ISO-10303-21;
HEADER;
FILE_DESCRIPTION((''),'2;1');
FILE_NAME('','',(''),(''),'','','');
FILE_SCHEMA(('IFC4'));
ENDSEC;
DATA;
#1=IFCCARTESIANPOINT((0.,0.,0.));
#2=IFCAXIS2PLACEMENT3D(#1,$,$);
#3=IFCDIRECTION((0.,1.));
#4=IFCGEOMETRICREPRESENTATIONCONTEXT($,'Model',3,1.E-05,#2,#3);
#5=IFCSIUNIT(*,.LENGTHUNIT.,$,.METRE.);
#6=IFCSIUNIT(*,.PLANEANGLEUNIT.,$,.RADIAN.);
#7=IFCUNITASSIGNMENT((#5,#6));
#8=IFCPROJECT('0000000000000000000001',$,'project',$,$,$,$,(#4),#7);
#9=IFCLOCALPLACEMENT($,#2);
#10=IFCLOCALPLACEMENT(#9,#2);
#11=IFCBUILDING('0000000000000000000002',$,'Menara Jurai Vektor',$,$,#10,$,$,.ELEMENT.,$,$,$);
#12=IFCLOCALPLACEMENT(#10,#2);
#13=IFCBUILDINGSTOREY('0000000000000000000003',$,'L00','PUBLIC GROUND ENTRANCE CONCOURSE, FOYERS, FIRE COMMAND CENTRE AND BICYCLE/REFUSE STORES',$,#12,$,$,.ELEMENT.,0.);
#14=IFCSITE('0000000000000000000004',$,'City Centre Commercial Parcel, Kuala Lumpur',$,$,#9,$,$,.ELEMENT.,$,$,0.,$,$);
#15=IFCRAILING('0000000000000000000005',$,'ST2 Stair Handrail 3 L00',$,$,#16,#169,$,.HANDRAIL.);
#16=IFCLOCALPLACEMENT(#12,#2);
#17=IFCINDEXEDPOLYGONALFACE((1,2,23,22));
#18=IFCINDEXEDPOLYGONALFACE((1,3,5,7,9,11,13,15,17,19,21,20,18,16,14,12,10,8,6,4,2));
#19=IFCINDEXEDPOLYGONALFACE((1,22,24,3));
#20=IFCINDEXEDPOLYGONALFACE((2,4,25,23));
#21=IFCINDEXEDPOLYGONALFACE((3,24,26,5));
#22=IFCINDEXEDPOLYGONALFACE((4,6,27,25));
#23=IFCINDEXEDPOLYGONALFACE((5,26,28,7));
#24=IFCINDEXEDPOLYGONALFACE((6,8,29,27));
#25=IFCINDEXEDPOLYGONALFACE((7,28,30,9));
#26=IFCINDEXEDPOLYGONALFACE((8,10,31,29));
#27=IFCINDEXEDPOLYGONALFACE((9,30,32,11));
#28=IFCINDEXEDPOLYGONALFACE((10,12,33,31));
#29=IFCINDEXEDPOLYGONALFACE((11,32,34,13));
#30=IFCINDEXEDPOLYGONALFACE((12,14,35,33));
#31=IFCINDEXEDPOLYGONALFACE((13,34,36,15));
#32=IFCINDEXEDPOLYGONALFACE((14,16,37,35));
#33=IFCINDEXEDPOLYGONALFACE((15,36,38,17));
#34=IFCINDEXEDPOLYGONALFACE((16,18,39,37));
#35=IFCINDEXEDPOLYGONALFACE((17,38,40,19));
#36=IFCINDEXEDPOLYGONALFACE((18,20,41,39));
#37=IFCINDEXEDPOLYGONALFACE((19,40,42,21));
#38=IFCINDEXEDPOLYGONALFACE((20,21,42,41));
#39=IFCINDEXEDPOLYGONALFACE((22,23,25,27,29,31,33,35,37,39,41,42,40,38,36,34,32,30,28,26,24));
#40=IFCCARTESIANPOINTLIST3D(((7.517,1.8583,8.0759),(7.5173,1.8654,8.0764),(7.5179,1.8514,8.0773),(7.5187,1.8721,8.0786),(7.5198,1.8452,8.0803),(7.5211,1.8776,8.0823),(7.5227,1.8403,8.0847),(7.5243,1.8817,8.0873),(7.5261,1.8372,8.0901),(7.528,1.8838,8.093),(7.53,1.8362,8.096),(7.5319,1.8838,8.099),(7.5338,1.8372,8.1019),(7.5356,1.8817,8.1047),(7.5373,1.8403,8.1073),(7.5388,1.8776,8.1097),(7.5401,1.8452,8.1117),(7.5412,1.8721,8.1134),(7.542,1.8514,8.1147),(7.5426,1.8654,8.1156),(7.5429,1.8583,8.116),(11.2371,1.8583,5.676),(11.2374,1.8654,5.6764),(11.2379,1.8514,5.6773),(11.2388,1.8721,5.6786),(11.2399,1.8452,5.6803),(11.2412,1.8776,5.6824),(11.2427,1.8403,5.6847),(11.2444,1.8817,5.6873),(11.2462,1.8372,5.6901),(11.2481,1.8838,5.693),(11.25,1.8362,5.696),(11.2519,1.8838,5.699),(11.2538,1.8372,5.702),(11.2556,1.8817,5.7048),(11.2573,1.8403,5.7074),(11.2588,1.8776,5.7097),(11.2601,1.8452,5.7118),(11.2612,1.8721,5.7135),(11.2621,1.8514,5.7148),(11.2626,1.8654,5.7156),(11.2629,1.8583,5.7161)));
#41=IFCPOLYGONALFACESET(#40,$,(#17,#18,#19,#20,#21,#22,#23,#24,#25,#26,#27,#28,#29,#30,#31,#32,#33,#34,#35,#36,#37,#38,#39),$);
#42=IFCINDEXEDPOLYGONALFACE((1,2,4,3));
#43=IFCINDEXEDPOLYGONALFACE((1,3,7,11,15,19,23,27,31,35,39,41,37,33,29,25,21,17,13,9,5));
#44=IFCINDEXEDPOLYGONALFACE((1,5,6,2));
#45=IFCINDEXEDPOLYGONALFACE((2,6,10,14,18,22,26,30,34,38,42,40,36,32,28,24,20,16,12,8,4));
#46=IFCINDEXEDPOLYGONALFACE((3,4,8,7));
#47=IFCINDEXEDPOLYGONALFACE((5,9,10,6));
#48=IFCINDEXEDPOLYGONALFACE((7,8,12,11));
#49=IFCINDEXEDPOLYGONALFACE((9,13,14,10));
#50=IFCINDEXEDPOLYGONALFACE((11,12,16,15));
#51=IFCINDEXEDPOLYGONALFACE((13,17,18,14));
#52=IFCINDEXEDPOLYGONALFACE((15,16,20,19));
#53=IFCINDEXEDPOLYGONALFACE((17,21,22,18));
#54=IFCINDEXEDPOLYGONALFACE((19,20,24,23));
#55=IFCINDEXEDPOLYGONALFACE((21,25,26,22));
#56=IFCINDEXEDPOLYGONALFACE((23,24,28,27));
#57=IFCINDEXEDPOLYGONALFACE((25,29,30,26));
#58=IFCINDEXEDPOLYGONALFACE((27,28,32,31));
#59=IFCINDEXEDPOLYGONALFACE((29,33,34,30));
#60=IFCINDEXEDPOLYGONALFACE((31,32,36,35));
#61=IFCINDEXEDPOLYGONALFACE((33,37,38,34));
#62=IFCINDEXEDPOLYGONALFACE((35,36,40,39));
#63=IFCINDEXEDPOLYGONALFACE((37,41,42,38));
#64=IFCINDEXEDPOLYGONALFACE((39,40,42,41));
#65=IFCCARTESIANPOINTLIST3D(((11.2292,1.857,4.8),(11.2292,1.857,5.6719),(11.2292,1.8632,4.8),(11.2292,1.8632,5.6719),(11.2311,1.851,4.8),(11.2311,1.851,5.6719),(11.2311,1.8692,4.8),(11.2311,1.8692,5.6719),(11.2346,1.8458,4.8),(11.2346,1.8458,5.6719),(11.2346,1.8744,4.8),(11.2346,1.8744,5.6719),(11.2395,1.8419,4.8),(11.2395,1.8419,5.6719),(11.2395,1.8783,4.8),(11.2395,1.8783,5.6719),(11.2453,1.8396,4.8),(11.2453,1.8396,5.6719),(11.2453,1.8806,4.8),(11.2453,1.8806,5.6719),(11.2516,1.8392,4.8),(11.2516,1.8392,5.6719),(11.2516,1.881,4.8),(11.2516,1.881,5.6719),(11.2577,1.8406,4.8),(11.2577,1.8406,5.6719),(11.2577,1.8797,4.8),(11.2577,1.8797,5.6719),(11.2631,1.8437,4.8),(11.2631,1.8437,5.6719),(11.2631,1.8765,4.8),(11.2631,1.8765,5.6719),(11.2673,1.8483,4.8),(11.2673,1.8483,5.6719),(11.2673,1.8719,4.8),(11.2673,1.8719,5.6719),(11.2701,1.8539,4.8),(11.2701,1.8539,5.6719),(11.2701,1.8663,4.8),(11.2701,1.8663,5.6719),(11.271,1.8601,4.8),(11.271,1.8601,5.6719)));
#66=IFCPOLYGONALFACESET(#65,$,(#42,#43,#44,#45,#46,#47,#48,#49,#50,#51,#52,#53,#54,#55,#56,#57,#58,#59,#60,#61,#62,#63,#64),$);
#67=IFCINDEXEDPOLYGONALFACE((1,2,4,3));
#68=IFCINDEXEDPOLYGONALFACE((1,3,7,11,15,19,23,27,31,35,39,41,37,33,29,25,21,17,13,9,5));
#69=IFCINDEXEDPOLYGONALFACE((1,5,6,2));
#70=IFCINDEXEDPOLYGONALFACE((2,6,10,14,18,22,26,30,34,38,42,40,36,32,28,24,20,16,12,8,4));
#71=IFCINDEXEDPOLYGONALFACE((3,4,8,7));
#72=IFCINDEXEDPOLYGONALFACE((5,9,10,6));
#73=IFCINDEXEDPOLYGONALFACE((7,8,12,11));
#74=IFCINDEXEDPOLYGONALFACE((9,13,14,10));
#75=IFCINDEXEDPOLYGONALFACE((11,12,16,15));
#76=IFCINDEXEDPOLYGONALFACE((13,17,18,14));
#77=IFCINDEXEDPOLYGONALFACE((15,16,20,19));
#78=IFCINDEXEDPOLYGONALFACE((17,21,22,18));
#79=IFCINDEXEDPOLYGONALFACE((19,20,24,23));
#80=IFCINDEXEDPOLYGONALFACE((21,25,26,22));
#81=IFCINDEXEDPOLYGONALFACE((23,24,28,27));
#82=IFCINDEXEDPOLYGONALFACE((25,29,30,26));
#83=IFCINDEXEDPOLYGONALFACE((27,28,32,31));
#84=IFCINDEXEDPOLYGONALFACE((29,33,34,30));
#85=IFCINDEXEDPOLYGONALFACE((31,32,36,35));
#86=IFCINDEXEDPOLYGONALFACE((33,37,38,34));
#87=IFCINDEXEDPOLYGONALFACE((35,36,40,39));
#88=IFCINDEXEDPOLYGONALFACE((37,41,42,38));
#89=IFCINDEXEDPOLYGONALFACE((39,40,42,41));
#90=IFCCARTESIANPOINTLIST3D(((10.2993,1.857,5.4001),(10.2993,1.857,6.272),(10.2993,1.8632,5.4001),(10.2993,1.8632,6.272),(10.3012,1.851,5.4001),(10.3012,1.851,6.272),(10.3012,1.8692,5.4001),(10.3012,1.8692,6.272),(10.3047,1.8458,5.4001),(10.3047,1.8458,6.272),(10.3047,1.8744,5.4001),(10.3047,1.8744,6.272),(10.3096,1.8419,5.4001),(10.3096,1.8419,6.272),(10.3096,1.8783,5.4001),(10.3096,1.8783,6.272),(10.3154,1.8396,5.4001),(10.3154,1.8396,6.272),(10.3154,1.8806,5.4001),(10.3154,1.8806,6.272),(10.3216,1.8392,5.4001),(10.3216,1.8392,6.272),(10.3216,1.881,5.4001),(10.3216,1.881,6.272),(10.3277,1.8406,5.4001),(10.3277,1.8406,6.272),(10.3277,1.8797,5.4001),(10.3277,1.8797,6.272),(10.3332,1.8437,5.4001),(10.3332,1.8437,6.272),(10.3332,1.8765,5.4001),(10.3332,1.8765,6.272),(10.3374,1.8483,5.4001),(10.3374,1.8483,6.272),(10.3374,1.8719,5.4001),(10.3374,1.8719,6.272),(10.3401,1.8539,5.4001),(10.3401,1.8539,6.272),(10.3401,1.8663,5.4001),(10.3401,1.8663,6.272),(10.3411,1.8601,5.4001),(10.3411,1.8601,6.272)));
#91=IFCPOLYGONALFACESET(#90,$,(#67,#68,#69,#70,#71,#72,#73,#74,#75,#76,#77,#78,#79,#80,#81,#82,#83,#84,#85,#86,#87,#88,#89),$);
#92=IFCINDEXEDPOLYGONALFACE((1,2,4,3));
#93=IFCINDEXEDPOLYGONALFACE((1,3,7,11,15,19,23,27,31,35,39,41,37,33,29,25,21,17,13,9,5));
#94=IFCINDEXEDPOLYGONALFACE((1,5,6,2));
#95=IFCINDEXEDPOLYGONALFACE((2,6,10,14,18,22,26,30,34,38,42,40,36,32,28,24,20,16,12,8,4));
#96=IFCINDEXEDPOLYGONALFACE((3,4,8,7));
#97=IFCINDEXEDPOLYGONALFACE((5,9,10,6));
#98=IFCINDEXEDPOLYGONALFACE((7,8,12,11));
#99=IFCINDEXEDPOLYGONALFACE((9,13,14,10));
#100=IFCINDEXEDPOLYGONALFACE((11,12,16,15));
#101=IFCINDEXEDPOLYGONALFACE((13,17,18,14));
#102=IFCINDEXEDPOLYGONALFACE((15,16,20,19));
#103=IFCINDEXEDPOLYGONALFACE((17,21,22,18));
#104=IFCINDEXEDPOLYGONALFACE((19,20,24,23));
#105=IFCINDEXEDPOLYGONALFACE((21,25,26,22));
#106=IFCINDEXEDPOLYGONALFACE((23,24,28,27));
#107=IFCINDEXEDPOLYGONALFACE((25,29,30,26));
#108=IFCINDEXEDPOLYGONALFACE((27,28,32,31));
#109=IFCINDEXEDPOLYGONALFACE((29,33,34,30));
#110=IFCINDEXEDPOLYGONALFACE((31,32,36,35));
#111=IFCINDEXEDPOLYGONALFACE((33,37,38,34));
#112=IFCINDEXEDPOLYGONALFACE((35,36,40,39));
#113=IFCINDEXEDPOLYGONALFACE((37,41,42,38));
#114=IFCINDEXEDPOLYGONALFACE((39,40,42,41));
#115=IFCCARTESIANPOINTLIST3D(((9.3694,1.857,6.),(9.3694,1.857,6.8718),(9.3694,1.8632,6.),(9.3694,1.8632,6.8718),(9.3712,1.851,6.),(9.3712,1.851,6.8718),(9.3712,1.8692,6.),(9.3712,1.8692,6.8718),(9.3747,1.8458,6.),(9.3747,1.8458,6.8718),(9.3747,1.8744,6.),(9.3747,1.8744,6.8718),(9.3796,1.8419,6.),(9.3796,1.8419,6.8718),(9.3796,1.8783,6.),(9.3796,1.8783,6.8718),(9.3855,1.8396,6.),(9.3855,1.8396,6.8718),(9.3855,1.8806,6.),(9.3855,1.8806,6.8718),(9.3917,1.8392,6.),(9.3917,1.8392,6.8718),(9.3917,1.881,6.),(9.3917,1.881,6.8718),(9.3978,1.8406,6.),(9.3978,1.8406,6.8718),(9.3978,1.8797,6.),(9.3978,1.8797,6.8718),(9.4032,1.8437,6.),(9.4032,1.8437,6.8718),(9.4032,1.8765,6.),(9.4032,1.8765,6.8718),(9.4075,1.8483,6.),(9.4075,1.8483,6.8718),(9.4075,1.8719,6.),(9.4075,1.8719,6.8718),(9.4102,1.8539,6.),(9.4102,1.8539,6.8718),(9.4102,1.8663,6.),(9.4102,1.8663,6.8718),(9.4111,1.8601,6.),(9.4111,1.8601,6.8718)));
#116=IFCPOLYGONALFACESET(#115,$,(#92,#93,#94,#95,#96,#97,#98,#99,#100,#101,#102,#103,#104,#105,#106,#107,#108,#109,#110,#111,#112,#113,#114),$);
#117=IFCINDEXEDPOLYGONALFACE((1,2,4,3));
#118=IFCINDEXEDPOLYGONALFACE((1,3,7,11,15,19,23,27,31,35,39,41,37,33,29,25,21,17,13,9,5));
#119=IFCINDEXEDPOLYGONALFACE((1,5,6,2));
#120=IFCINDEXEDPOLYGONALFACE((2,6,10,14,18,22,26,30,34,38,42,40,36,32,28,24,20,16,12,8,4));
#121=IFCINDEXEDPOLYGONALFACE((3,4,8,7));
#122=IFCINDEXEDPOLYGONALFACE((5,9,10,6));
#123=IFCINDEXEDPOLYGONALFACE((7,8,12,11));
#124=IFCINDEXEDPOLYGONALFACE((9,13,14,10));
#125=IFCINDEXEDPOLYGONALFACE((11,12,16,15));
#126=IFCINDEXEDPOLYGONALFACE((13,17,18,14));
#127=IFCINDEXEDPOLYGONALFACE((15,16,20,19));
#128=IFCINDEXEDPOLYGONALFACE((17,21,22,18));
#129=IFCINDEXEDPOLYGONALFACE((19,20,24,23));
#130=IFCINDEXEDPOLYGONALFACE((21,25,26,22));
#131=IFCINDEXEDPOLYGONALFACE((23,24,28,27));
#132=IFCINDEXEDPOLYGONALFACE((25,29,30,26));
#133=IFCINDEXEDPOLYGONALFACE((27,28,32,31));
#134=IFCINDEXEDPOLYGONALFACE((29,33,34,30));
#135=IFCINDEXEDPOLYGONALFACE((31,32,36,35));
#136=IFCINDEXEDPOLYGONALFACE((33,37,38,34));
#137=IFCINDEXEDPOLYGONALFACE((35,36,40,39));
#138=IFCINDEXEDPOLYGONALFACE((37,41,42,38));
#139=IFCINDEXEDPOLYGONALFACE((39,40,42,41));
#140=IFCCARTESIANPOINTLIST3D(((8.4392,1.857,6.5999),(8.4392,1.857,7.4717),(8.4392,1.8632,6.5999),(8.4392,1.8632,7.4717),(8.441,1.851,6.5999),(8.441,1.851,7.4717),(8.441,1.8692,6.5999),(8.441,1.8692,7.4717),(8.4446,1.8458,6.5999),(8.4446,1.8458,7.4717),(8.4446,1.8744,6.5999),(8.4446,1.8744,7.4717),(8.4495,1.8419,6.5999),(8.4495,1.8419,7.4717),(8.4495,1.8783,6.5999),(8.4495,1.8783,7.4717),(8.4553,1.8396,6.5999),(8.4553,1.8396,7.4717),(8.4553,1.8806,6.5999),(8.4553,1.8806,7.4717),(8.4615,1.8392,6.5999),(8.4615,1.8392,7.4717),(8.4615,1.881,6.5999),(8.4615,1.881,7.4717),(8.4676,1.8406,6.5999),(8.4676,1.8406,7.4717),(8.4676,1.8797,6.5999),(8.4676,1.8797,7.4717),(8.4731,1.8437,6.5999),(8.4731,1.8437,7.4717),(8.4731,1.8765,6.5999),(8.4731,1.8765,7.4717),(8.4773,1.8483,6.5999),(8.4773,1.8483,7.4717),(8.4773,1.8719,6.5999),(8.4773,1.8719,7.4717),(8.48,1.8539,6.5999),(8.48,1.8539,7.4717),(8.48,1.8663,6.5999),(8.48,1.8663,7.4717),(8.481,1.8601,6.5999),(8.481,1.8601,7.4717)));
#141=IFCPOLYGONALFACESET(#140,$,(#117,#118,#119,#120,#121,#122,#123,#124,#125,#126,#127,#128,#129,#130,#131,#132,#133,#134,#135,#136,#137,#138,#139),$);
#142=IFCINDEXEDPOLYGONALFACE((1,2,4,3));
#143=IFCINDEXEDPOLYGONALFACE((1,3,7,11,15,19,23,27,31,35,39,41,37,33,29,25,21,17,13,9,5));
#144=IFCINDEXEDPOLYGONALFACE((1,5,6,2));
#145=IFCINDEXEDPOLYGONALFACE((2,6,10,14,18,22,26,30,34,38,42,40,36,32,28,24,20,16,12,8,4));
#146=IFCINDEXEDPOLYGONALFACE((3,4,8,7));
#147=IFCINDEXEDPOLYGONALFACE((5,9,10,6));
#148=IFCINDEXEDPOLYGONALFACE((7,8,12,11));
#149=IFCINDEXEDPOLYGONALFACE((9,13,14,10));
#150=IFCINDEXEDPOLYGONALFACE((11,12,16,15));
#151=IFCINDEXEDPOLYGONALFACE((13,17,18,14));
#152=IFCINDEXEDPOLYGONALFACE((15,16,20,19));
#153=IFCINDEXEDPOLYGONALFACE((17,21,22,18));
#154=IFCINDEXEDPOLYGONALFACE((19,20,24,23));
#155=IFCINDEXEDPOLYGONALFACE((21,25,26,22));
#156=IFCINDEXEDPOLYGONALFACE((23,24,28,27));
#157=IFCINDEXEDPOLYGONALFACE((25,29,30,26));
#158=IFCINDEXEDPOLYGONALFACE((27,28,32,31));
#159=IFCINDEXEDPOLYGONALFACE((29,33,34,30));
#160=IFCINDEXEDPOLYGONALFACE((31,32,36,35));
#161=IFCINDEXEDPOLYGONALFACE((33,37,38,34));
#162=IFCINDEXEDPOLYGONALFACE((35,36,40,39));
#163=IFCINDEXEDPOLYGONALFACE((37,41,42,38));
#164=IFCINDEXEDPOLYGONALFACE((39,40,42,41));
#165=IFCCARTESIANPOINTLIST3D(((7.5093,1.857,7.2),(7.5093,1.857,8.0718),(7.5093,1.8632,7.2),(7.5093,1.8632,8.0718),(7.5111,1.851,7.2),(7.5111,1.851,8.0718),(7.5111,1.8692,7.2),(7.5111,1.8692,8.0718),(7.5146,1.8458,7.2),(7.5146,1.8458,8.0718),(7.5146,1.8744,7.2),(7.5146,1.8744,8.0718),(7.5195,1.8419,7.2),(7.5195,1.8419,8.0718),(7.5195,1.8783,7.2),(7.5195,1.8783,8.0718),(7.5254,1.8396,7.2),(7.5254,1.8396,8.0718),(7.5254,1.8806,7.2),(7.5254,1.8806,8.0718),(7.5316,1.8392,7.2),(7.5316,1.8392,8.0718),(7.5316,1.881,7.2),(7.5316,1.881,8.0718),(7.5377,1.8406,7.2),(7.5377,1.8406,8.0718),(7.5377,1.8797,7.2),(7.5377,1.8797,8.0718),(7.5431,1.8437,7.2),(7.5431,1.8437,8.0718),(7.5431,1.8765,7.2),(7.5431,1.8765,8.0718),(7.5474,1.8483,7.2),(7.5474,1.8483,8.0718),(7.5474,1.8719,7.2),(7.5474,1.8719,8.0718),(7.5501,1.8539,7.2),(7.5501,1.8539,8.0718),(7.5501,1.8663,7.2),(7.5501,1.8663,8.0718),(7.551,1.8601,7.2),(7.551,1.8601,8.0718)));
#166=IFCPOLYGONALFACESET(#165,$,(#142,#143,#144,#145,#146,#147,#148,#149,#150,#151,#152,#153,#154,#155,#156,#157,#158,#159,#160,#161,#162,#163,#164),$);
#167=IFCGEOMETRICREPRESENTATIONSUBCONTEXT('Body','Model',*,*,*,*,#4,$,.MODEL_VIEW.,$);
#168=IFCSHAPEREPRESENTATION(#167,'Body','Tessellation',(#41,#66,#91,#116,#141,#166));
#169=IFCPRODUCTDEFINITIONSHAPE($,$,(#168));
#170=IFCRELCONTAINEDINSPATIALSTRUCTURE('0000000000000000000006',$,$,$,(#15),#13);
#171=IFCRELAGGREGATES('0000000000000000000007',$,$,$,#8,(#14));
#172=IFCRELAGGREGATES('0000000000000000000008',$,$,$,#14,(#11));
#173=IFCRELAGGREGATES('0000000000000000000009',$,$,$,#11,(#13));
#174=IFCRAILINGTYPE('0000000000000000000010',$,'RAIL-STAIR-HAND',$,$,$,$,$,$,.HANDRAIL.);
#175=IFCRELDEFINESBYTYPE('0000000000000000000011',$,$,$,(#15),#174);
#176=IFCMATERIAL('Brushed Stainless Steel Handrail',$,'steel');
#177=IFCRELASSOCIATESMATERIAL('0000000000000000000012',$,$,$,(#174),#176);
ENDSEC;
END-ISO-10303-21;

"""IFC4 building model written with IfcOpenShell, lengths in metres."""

from ifc_helpers import new_model, si_unit, direction, frame, origin, origin_2d, place, context, subcontext, project, spatial, circle, extrude, material, type_object, element, save


model = new_model("IFC4")

# Units and contexts
model_context = context("Model", 3, precision=1e-05, world=origin(), true_north=direction((0.0, 1.0)))
body_context = subcontext(model_context, "Body", "Model", "MODEL_VIEW")
ifc_project = project(units=[si_unit("LENGTHUNIT", "METRE"), si_unit("PLANEANGLEUNIT", "RADIAN")], contexts=[model_context])

# Site, building, storey
site_placement = place(None, origin())
site = spatial("IfcSite", under=ifc_project, at=site_placement, Name="City Centre Commercial Parcel, Kuala Lumpur", CompositionType="ELEMENT", RefElevation=0.0)
building_placement = place(site_placement, origin())
building = spatial("IfcBuilding", under=site, at=building_placement, Name="Menara Jurai Vektor", CompositionType="ELEMENT")
storey_placement = place(building_placement, origin())
storey = spatial("IfcBuildingStorey", under=building, at=storey_placement, Name="L00", Description="PUBLIC GROUND ENTRANCE CONCOURSE, FOYERS, FIRE COMMAND CENTRE AND BICYCLE/REFUSE STORES", CompositionType="ELEMENT", Elevation=0.0)

# Railing
ifc_material_1 = material(Name="Brushed Stainless Steel Handrail", Category="steel")
railing_type_1 = type_object("IfcRailingType", Name="RAIL-STAIR-HAND", PredefinedType="HANDRAIL", material=ifc_material_1)
railing_1_placement = place(storey_placement, frame((11.25, 1.8601, 4.8)))
element("IfcRailing", 1, at=railing_1_placement, inside=storey, type_object=railing_type_1, Name="ST2 Stair Handrail 3 L00", PredefinedType="HANDRAIL", context=body_context, shape_type="SweptSolid", body=[
    extrude(circle(Radius=0.0239, at=origin_2d()), frame((0.0, 0.0, 0.896), z_axis=(-0.840305, 0.0, 0.542114), x_axis=(0.0, -1.0, 0.0)), (0.0, 0.0, 1.0), 4.427),
    extrude(circle(Radius=0.021, at=origin_2d()), origin(), (0.0, 0.0, 1.0), 0.8718),
    extrude(circle(Radius=0.021, at=origin_2d()), frame((-0.9299, 0.0, 0.6001)), (0.0, 0.0, 1.0), 0.8718),
    extrude(circle(Radius=0.021, at=origin_2d()), frame((-1.8599, 0.0, 1.2)), (0.0, 0.0, 1.0), 0.8718),
    extrude(circle(Radius=0.021, at=origin_2d()), frame((-2.79, 0.0, 1.7998)), (0.0, 0.0, 1.0), 0.8718),
    extrude(circle(Radius=0.021, at=origin_2d()), frame((-3.72, 0.0, 2.3999)), (0.0, 0.0, 1.0), 0.8718),
])

save(model, "model.ifc")
